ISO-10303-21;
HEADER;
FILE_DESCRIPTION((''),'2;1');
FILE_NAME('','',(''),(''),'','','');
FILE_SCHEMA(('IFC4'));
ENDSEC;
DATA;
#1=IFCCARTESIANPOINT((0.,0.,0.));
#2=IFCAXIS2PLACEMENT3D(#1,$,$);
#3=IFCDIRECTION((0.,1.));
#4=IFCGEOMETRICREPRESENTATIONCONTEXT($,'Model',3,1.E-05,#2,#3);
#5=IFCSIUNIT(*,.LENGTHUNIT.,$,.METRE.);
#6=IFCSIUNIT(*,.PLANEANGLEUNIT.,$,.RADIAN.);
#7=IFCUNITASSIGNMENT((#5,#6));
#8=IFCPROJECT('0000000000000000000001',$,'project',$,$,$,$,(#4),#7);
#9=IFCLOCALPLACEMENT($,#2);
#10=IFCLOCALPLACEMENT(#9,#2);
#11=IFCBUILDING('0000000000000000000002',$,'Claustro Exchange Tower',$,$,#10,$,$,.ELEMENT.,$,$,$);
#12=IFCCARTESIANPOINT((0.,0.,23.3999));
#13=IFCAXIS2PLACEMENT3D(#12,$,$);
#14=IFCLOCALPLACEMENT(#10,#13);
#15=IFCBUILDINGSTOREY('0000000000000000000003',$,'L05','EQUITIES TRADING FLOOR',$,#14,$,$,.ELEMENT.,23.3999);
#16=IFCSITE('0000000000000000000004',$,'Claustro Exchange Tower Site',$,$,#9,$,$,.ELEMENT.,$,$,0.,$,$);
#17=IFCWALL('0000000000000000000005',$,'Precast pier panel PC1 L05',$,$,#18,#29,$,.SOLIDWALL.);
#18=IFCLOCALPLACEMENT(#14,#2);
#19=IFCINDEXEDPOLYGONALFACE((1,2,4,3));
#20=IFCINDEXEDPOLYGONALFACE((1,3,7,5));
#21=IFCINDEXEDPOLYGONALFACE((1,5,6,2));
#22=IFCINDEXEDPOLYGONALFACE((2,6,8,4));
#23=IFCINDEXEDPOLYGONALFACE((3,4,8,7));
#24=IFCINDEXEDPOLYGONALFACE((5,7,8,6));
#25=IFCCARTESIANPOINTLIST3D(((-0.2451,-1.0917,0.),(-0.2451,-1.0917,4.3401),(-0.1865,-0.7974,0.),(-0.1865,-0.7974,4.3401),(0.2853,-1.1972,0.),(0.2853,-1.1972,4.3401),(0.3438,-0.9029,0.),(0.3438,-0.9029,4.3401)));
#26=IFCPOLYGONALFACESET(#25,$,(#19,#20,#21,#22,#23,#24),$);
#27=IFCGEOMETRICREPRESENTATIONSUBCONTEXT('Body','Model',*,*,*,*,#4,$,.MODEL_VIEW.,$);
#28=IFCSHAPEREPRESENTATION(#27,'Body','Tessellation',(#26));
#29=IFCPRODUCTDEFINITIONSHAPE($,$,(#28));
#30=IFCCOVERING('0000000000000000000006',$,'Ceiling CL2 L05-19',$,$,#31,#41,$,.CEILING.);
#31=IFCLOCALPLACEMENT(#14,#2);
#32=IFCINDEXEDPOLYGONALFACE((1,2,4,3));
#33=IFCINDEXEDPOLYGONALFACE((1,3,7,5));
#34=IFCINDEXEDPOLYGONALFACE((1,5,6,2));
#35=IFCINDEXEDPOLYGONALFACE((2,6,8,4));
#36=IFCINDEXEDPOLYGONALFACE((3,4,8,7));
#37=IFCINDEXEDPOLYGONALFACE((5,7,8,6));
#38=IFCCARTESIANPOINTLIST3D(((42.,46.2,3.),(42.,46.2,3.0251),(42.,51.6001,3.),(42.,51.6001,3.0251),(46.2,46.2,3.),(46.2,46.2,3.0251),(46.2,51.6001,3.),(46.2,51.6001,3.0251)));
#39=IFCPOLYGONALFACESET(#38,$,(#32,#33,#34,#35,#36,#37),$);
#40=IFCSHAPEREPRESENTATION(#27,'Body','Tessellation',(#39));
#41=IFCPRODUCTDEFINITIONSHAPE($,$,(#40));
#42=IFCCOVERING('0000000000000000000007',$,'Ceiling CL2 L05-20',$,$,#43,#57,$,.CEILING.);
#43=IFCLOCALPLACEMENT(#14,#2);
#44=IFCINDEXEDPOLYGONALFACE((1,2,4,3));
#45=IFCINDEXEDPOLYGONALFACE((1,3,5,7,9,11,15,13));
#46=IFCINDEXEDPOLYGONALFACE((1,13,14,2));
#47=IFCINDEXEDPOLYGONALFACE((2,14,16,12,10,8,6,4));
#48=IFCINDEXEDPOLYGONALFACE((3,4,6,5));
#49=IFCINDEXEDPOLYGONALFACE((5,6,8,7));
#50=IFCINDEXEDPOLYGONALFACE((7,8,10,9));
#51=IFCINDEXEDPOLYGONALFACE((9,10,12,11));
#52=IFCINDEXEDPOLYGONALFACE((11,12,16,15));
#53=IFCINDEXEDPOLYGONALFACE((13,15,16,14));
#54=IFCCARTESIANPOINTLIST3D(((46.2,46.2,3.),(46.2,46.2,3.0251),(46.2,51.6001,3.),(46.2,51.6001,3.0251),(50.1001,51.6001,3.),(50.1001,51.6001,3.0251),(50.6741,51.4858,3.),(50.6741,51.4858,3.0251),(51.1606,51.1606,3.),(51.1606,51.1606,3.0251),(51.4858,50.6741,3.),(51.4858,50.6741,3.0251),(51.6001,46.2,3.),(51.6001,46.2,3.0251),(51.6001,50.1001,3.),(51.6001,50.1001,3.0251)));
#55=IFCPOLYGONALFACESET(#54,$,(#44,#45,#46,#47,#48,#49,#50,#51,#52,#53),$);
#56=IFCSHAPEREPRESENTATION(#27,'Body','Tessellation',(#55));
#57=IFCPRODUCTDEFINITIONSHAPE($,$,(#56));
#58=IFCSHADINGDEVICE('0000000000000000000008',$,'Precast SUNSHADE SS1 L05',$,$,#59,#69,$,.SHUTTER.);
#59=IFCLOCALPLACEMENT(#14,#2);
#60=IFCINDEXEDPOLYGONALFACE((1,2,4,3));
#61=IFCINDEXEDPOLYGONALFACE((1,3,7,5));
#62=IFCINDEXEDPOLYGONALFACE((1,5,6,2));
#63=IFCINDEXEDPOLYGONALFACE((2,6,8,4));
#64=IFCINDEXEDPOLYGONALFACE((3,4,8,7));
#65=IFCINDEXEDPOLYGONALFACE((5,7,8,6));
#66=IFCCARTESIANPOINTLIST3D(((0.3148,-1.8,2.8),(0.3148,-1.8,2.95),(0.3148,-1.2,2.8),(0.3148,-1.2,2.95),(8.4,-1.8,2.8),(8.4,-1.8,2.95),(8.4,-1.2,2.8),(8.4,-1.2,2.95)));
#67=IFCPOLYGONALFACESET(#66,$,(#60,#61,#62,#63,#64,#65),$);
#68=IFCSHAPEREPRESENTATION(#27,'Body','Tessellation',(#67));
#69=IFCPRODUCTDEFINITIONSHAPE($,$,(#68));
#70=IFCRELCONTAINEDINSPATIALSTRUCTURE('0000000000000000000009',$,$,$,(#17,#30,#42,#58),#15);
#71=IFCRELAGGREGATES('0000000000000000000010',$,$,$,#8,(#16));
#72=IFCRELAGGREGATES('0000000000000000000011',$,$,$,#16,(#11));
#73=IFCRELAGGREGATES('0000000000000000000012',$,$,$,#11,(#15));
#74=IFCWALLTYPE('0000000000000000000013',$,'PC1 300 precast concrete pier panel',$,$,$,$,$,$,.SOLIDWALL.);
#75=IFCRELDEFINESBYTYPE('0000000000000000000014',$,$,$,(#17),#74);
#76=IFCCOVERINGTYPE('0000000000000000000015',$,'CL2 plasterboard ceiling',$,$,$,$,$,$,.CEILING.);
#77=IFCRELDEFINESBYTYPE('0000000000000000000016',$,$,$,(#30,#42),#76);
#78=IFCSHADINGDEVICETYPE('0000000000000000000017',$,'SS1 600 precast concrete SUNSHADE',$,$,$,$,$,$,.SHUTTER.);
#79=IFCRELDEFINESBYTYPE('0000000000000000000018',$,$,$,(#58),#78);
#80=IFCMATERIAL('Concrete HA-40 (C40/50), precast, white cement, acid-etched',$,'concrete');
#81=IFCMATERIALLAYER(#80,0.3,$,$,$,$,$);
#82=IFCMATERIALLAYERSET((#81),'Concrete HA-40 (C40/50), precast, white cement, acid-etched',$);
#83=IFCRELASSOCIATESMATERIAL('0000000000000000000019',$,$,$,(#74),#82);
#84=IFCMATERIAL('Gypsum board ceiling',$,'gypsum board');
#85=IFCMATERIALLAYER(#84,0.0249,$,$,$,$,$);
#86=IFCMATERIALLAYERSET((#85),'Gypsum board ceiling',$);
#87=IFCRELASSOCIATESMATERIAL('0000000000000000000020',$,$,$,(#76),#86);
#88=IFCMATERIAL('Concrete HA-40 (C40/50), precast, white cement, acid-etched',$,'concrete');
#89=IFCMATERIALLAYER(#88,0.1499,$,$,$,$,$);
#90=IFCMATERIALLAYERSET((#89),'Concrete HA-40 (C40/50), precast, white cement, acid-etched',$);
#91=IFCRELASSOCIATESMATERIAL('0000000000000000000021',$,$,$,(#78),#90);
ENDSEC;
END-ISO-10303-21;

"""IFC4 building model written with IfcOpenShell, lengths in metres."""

from ifc_helpers import new_model, si_unit, direction, frame, frame_2d, origin, origin_2d, place, context, subcontext, project, spatial, polyline, rectangle, outline, extrude, material, layer, layer_set, type_object, element, save


model = new_model("IFC4")

# Units and contexts
model_context = context("Model", 3, precision=1e-05, world=origin(), true_north=direction((0.0, 1.0)))
body_context = subcontext(model_context, "Body", "Model", "MODEL_VIEW")
ifc_project = project(units=[si_unit("LENGTHUNIT", "METRE"), si_unit("PLANEANGLEUNIT", "RADIAN")], contexts=[model_context])

# Site, building, storey
site_placement = place(None, origin())
site = spatial("IfcSite", under=ifc_project, at=site_placement, Name="Claustro Exchange Tower Site", CompositionType="ELEMENT", RefElevation=0.0)
building_placement = place(site_placement, origin())
building = spatial("IfcBuilding", under=site, at=building_placement, Name="Claustro Exchange Tower", CompositionType="ELEMENT")
storey_placement = place(building_placement, frame((0.0, 0.0, 23.3999)))
storey = spatial("IfcBuildingStorey", under=building, at=storey_placement, Name="L05", Description="EQUITIES TRADING FLOOR", CompositionType="ELEMENT", Elevation=23.3999)

# Shared definitions
ifc_material_1 = material(Name="Concrete HA-40 (C40/50), precast, white cement, acid-etched", Category="concrete")
ifc_layer_1 = layer(ifc_material_1, 0.3)
ifc_layer_set_1 = layer_set([ifc_layer_1], Name="Concrete HA-40 (C40/50), precast, white cement, acid-etched")
wall_type_1 = type_object("IfcWallType", Name="PC1 300 precast concrete pier panel", PredefinedType="SOLIDWALL", material=ifc_layer_set_1)

# Wall
wall_1_placement = place(storey_placement, frame((0.3147, -1.05, 0.0), z_axis=(0.0, 0.0, 1.0), x_axis=(-0.980789, 0.195074, 0.0)))
element("IfcWall", 1, at=wall_1_placement, inside=storey, type_object=wall_type_1, Name="Precast pier panel PC1 L05", PredefinedType="SOLIDWALL", context=body_context, shape_type="SweptSolid", body=[
    extrude(rectangle(XDim=0.5408, YDim=0.3, at=frame_2d((0.2705, 0.0))), origin(), (0.0, 0.0, 1.0), 4.3401),
])

# Coverings
ifc_material_2 = material(Name="Gypsum board ceiling", Category="gypsum board")
ifc_layer_2 = layer(ifc_material_2, 0.0249)
ifc_layer_set_2 = layer_set([ifc_layer_2], Name="Gypsum board ceiling")
covering_type = type_object("IfcCoveringType", Name="CL2 plasterboard ceiling", PredefinedType="CEILING", material=ifc_layer_set_2)
covering_1_placement = place(storey_placement, frame((0.0, 0.0, 3.0)))
element("IfcCovering", 2, at=covering_1_placement, inside=storey, type_object=covering_type, Name="Ceiling CL2 L05-19", PredefinedType="CEILING", context=body_context, shape_type="SweptSolid", body=[
    extrude(outline(polyline([(46.2, 51.6001), (42.0, 51.6001), (42.0, 46.2), (46.2, 46.2), (46.2, 51.6001)])), origin(), (0.0, 0.0, 1.0), 0.0251),
])
covering_2_placement = place(storey_placement, frame((0.0, 0.0, 3.0)))
element("IfcCovering", 3, at=covering_2_placement, inside=storey, type_object=covering_type, Name="Ceiling CL2 L05-20", PredefinedType="CEILING", context=body_context, shape_type="SweptSolid", body=[
    extrude(outline(polyline([(50.1001, 51.6001), (46.2, 51.6001), (46.2, 46.2), (51.6001, 46.2), (51.6001, 50.1001), (51.4858, 50.6741), (51.1606, 51.1606), (50.6741, 51.4858), (50.1001, 51.6001)])), origin(), (0.0, 0.0, 1.0), 0.0251),
])

# Shading device
ifc_material_3 = material(Name="Concrete HA-40 (C40/50), precast, white cement, acid-etched", Category="concrete")
ifc_layer_3 = layer(ifc_material_3, 0.1499)
ifc_layer_set_3 = layer_set([ifc_layer_3], Name="Concrete HA-40 (C40/50), precast, white cement, acid-etched")
shading_device_type = type_object("IfcShadingDeviceType", Name="SS1 600 precast concrete SUNSHADE", PredefinedType="SHUTTER", material=ifc_layer_set_3)
shading_device_placement = place(storey_placement, frame((4.3574, -1.5, 2.8), z_axis=(0.0, 0.0, 1.0), x_axis=(-1.0, 0.0, 0.0)))
element("IfcShadingDevice", 4, at=shading_device_placement, inside=storey, type_object=shading_device_type, Name="Precast SUNSHADE SS1 L05", PredefinedType="SHUTTER", context=body_context, shape_type="SweptSolid", body=[
    extrude(rectangle(XDim=8.0852, YDim=0.6001, at=origin_2d()), origin(), (0.0, 0.0, 1.0), 0.1499),
])

save(model, "model.ifc")
